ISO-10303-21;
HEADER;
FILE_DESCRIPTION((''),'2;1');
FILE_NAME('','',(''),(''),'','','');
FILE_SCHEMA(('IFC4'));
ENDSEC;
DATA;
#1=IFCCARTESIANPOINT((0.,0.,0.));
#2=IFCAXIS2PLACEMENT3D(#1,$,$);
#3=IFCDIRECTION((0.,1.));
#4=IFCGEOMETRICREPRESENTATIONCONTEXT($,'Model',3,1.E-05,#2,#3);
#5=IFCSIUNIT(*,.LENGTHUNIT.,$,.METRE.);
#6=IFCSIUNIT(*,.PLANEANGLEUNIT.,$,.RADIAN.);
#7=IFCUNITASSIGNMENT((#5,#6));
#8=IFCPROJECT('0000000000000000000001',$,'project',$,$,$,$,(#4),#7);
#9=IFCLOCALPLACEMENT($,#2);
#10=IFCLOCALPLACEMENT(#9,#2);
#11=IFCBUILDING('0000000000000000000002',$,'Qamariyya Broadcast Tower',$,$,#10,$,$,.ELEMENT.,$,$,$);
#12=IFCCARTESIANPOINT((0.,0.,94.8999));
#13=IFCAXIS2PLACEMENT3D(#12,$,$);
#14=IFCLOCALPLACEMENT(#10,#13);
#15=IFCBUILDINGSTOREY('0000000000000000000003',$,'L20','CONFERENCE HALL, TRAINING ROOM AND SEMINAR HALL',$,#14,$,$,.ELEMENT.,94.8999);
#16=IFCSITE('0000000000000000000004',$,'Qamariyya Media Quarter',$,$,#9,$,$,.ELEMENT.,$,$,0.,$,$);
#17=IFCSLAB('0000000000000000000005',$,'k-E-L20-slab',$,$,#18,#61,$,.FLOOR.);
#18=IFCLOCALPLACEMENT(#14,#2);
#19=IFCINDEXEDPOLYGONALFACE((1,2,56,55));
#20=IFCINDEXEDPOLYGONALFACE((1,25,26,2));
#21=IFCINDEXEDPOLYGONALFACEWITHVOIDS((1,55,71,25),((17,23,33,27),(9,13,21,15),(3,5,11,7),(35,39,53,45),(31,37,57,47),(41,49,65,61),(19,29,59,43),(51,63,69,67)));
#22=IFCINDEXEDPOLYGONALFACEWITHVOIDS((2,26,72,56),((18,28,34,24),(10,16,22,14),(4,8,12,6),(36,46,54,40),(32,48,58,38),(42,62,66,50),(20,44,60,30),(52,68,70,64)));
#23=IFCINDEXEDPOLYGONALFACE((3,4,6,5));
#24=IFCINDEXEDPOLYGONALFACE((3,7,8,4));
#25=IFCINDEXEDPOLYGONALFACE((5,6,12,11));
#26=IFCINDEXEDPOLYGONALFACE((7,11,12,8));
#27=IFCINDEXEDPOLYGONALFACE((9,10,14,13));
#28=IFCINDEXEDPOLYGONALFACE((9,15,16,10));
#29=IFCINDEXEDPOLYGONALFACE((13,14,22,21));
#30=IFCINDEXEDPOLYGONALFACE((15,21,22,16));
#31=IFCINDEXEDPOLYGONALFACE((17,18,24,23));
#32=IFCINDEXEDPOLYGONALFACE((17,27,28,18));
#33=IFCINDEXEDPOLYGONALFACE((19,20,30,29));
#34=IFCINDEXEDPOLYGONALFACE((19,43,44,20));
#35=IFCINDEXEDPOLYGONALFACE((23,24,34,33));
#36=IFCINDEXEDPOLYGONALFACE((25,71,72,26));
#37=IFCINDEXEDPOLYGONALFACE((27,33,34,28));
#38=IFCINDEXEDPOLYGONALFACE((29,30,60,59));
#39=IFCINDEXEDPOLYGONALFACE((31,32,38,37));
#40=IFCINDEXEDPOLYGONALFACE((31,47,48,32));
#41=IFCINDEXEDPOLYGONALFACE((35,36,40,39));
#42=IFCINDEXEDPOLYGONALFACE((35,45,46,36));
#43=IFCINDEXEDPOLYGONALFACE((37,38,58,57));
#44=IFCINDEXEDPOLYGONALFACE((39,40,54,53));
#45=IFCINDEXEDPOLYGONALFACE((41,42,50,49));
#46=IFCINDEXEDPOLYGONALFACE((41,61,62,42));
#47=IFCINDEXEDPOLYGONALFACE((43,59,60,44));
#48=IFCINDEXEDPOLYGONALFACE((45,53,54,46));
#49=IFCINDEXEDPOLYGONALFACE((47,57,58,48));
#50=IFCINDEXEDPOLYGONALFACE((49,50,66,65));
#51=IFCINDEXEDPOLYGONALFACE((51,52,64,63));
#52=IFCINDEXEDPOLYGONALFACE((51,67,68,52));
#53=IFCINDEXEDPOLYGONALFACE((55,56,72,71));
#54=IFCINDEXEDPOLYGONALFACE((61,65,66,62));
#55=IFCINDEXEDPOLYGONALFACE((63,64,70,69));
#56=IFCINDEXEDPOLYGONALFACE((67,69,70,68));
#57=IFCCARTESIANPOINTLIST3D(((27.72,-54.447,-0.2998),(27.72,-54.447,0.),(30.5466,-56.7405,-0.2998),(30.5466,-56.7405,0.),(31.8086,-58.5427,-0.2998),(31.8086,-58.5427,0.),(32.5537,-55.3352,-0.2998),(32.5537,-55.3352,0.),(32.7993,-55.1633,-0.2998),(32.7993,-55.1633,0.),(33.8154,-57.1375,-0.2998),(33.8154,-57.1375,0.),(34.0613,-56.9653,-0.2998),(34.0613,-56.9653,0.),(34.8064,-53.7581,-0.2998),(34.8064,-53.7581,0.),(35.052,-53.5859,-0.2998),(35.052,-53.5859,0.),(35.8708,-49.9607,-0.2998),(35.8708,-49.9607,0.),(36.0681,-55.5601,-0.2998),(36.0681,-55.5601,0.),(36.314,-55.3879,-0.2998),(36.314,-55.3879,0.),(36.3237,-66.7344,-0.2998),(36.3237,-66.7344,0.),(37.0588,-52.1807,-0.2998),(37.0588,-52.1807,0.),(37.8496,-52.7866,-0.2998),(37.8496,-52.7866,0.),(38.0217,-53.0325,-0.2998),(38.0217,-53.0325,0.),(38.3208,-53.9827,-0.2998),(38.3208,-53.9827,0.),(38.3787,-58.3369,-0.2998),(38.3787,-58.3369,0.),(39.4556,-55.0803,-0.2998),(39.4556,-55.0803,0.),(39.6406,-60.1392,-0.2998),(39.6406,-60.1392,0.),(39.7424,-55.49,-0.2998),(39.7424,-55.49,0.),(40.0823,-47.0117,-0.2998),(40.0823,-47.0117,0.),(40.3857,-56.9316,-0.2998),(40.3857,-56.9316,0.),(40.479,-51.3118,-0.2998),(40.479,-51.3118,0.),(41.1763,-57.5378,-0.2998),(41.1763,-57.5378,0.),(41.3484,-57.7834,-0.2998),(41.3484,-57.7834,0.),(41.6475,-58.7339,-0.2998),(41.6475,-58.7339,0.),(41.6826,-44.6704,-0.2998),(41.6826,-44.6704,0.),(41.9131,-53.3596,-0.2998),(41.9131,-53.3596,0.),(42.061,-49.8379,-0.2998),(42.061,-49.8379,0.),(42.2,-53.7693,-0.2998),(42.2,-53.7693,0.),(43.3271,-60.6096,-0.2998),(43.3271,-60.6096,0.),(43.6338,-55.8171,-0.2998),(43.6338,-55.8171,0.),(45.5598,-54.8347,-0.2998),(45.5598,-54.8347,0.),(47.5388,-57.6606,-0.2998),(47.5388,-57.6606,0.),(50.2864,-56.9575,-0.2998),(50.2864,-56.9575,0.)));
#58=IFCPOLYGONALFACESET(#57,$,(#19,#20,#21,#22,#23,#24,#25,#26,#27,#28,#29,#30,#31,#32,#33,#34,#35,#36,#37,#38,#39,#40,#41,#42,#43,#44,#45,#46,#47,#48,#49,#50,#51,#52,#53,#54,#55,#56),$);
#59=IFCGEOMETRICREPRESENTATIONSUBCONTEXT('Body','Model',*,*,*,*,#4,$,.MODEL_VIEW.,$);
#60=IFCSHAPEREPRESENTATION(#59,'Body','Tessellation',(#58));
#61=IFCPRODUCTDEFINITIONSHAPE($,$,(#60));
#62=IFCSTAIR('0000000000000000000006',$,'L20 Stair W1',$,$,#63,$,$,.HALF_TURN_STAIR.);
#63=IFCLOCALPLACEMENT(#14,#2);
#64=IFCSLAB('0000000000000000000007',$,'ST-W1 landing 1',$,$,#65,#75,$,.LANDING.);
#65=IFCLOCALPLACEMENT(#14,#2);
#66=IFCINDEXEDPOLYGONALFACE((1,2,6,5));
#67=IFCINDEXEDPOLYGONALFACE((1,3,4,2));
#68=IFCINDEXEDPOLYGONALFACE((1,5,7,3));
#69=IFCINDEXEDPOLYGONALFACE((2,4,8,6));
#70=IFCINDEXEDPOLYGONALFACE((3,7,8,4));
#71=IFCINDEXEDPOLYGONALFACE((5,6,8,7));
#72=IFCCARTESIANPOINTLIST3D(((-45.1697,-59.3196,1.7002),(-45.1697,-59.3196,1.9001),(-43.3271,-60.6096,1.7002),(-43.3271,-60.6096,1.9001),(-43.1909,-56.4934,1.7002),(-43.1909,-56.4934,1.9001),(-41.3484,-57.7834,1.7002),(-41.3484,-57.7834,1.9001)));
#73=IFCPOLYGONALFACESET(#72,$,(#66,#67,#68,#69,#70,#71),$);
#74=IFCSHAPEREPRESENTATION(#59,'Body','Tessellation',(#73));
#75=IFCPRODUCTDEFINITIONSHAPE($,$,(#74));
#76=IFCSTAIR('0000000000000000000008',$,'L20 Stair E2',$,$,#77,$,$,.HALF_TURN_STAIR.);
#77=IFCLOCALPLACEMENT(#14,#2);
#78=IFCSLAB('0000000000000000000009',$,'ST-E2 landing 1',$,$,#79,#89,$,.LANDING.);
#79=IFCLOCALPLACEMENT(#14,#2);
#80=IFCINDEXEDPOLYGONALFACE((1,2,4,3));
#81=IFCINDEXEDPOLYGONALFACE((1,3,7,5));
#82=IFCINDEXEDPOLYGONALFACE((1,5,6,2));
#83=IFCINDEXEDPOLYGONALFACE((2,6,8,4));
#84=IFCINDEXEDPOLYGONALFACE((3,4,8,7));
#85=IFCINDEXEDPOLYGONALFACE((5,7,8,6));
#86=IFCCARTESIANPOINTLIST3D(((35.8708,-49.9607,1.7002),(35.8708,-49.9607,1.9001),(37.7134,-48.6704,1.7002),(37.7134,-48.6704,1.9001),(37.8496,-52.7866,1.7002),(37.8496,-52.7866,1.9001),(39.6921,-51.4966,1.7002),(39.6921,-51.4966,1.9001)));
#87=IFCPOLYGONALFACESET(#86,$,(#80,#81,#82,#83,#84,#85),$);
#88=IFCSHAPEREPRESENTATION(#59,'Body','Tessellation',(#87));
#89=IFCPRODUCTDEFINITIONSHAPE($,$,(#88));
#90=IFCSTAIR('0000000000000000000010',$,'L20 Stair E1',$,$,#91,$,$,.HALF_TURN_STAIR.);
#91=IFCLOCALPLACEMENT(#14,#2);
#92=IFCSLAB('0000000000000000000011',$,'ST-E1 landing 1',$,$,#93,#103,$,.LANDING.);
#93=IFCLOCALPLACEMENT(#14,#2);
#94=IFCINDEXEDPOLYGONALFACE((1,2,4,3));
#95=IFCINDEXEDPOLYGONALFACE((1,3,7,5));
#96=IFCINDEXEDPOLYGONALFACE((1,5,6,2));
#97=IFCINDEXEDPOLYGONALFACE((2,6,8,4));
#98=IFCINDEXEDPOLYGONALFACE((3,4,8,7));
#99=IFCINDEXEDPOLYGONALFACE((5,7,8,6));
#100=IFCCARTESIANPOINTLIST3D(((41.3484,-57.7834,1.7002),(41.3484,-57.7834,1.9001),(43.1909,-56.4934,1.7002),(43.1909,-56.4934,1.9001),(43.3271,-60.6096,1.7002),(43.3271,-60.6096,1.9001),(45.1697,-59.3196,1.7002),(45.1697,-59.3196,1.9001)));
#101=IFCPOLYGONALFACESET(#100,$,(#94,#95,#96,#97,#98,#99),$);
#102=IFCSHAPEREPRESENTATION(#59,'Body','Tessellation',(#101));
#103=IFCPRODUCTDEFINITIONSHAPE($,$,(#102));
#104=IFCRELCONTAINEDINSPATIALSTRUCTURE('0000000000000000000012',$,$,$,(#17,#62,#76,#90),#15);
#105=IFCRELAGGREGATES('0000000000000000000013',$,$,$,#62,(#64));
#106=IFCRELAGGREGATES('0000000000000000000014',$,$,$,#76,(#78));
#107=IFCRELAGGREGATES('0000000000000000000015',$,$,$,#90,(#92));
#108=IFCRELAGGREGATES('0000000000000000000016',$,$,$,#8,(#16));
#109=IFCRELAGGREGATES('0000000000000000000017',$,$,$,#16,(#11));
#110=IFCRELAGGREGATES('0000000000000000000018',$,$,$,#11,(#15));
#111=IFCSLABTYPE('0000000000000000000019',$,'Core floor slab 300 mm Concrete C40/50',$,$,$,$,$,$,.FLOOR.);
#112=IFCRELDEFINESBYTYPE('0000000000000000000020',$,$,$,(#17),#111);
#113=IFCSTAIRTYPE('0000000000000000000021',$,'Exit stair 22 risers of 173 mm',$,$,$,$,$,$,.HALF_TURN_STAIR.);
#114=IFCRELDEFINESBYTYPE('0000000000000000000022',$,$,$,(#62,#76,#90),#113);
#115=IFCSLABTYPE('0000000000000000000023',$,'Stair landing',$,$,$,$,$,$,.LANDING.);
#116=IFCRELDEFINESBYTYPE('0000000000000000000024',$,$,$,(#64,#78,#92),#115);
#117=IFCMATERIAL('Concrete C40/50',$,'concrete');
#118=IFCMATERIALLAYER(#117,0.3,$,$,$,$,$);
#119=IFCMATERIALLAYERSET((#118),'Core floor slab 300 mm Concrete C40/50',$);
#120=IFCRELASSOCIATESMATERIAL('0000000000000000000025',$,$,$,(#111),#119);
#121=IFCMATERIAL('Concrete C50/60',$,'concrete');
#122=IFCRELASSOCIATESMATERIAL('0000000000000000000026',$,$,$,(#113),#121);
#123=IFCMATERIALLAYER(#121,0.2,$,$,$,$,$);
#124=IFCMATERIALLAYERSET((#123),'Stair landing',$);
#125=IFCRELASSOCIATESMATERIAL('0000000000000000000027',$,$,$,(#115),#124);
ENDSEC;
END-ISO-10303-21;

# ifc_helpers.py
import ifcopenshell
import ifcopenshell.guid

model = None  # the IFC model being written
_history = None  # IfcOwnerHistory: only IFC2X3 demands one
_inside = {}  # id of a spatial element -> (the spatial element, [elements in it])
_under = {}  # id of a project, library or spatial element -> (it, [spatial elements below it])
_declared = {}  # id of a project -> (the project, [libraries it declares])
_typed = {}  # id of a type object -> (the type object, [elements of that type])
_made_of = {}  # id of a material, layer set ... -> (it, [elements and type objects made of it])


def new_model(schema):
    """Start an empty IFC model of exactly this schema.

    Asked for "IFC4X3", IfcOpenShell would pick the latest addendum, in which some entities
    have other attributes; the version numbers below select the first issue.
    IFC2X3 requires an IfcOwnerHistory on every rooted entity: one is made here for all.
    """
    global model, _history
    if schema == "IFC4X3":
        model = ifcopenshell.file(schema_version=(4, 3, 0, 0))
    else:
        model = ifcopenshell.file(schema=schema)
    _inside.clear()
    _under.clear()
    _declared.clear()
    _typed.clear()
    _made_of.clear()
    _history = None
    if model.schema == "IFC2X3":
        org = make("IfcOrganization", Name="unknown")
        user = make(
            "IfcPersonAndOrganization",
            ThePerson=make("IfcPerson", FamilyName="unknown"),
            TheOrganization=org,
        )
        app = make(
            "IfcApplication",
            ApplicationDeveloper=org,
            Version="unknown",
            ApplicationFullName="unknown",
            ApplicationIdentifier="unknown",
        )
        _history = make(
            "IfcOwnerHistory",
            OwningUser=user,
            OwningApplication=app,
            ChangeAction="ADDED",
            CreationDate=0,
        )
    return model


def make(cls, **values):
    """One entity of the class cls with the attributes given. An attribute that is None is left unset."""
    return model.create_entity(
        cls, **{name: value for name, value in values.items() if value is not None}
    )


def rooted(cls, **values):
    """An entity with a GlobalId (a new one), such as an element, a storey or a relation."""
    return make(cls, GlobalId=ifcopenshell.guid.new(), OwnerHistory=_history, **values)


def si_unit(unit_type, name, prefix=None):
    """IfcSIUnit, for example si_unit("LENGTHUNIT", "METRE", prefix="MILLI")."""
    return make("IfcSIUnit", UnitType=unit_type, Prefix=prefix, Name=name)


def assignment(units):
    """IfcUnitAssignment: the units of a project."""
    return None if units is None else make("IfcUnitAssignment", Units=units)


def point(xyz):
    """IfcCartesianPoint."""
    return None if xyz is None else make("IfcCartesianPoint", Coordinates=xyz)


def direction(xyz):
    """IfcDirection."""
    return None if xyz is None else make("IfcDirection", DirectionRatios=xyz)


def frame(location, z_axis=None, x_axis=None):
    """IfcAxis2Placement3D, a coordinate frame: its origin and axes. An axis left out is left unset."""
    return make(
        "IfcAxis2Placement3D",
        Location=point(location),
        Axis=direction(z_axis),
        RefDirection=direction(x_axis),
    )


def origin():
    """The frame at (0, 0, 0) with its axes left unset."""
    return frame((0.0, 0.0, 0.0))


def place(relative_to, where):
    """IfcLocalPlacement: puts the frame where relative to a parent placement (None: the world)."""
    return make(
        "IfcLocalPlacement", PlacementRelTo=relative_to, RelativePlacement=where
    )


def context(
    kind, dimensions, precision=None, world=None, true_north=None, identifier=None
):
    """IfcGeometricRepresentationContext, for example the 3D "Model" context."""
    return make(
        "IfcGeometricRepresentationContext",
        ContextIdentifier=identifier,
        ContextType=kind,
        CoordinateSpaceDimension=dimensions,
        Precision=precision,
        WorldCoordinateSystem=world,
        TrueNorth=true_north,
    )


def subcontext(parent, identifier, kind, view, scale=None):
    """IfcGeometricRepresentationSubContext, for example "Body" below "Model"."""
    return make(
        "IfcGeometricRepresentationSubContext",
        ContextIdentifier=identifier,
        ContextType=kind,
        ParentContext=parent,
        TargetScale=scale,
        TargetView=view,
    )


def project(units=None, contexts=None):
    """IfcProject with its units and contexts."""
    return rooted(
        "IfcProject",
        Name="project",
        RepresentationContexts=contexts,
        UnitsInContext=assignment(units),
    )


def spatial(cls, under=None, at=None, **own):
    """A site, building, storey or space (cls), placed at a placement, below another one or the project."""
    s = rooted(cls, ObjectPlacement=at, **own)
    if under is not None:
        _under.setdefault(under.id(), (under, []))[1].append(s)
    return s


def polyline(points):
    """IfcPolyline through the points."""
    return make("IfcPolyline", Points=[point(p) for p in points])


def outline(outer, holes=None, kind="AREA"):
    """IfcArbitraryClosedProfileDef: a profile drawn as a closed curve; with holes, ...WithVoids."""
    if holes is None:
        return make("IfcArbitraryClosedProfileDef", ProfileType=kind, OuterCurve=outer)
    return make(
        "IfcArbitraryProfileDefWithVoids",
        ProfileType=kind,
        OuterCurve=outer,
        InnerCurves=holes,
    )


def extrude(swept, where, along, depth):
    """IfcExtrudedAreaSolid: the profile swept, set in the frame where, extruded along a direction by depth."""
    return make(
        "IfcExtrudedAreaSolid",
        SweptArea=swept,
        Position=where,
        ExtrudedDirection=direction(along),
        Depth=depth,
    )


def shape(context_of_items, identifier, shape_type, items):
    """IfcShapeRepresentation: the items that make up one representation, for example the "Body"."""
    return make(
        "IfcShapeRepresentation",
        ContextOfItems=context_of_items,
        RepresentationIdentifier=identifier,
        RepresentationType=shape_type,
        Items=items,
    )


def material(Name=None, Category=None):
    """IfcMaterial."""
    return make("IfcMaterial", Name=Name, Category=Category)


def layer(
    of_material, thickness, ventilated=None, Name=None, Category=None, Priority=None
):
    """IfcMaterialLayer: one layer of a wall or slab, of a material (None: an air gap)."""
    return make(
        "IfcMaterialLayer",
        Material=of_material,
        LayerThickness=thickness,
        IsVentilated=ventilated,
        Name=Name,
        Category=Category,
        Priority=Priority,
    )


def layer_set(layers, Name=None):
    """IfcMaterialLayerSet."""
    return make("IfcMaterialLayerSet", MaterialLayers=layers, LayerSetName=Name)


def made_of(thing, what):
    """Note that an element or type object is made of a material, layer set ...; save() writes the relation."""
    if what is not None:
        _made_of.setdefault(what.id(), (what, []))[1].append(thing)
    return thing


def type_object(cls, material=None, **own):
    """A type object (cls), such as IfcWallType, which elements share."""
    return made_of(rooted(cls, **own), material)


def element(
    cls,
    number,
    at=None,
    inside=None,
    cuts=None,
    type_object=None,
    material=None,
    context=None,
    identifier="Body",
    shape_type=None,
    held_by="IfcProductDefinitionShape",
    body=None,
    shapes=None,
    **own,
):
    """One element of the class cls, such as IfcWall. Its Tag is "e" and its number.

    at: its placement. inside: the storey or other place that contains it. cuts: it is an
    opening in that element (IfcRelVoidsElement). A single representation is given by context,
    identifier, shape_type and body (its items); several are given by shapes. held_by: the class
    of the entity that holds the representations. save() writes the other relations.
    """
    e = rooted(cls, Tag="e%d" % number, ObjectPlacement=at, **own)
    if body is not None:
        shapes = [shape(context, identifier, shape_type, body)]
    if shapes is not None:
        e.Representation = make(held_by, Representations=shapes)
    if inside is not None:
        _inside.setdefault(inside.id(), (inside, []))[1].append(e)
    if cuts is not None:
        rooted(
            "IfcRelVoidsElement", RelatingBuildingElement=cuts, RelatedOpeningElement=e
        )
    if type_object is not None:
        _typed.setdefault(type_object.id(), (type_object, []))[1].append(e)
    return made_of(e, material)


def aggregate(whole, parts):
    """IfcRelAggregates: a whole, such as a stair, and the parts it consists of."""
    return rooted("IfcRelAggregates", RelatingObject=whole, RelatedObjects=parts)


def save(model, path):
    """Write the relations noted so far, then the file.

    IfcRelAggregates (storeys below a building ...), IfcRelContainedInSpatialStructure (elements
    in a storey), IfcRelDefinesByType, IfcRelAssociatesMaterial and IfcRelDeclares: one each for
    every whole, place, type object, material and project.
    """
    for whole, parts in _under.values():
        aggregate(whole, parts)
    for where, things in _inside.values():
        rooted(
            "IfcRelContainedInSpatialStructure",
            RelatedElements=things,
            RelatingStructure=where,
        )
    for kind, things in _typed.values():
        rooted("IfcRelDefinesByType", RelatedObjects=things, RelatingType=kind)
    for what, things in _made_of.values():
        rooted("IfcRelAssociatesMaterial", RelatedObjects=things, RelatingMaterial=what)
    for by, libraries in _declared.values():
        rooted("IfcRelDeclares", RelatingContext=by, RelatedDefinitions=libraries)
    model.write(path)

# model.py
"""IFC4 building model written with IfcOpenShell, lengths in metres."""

from ifc_helpers import new_model, si_unit, direction, frame, origin, place, context, subcontext, project, spatial, polyline, outline, extrude, material, layer, layer_set, type_object, element, aggregate, save


model = new_model("IFC4")

# Units and contexts
model_context = context("Model", 3, precision=1e-05, world=origin(), true_north=direction((0.0, 1.0)))
body_context = subcontext(model_context, "Body", "Model", "MODEL_VIEW")
ifc_project = project(units=[si_unit("LENGTHUNIT", "METRE"), si_unit("PLANEANGLEUNIT", "RADIAN")], contexts=[model_context])

# Site, building, storey
site_placement = place(None, origin())
building_placement = place(site_placement, origin())
storey_placement = place(building_placement, frame((0.0, 0.0, 94.8999)))
site = spatial("IfcSite", under=ifc_project, at=site_placement, Name="Qamariyya Media Quarter", CompositionType="ELEMENT", RefElevation=0.0)
building = spatial("IfcBuilding", under=site, at=building_placement, Name="Qamariyya Broadcast Tower", CompositionType="ELEMENT")
storey = spatial("IfcBuildingStorey", under=building, at=storey_placement, Name="L20", Description="CONFERENCE HALL, TRAINING ROOM AND SEMINAR HALL", CompositionType="ELEMENT", Elevation=94.8999)

# Slab
ifc_material_1 = material(Name="Concrete C40/50", Category="concrete")
ifc_layer_1 = layer(ifc_material_1, 0.3)
ifc_layer_set_1 = layer_set([ifc_layer_1], Name="Core floor slab 300 mm Concrete C40/50")
slab_type_1 = type_object("IfcSlabType", Name="Core floor slab 300 mm Concrete C40/50", PredefinedType="FLOOR", material=ifc_layer_set_1)
slab_1_placement = place(storey_placement, frame((0.0, 0.0, -0.2998)))
element("IfcSlab", 1, at=slab_1_placement, inside=storey, type_object=slab_type_1, Name="k-E-L20-slab", PredefinedType="FLOOR", context=body_context, shape_type="SweptSolid", body=[
    extrude(outline(polyline([(36.3237, -66.7344), (50.2864, -56.9575), (41.6826, -44.6704), (27.72, -54.447), (36.3237, -66.7344)]), holes=[polyline([(31.8086, -58.5427), (33.8154, -57.1375), (32.5537, -55.3352), (30.5466, -56.7405), (31.8086, -58.5427)]), polyline([(34.0613, -56.9653), (36.0681, -55.5601), (34.8064, -53.7581), (32.7993, -55.1633), (34.0613, -56.9653)]), polyline([(36.314, -55.3879), (38.3208, -53.9827), (37.0588, -52.1807), (35.052, -53.5859), (36.314, -55.3879)]), polyline([(38.3787, -58.3369), (40.3857, -56.9316), (41.6475, -58.7339), (39.6406, -60.1392), (38.3787, -58.3369)]), polyline([(39.7424, -55.49), (42.2, -53.7693), (43.6338, -55.8171), (41.1763, -57.5378), (39.7424, -55.49)]), polyline([(39.4556, -55.0803), (41.9131, -53.3596), (40.479, -51.3118), (38.0217, -53.0325), (39.4556, -55.0803)]), polyline([(40.0823, -47.0117), (35.8708, -49.9607), (37.8496, -52.7866), (42.061, -49.8379), (40.0823, -47.0117)]), polyline([(45.5598, -54.8347), (41.3484, -57.7834), (43.3271, -60.6096), (47.5388, -57.6606), (45.5598, -54.8347)])]), origin(), (0.0, 0.0, 1.0), 0.2998),
])

# Stairs, slabs
ifc_material_2 = material(Name="Concrete C50/60", Category="concrete")
stair_type = type_object("IfcStairType", Name="Exit stair 22 risers of 173 mm", PredefinedType="HALF_TURN_STAIR", material=ifc_material_2)
stair_1_placement = place(storey_placement, origin())
stair_1 = element("IfcStair", 2, at=stair_1_placement, inside=storey, type_object=stair_type, Name="L20 Stair W1", PredefinedType="HALF_TURN_STAIR")
ifc_layer_2 = layer(ifc_material_2, 0.2)
ifc_layer_set_2 = layer_set([ifc_layer_2], Name="Stair landing")
slab_type_2 = type_object("IfcSlabType", Name="Stair landing", PredefinedType="LANDING", material=ifc_layer_set_2)
slab_2_placement = place(storey_placement, frame((0.0, 0.0, 1.7002)))
slab_2 = element("IfcSlab", 3, at=slab_2_placement, type_object=slab_type_2, Name="ST-W1 landing 1", PredefinedType="LANDING", context=body_context, shape_type="SweptSolid", body=[
    extrude(outline(polyline([(-45.1697, -59.3196), (-43.3271, -60.6096), (-41.3484, -57.7834), (-43.1909, -56.4934), (-45.1697, -59.3196)])), origin(), (0.0, 0.0, 1.0), 0.2),
])
aggregate(stair_1, [slab_2])
stair_2_placement = place(storey_placement, origin())
stair_2 = element("IfcStair", 4, at=stair_2_placement, inside=storey, type_object=stair_type, Name="L20 Stair E2", PredefinedType="HALF_TURN_STAIR")
slab_3_placement = place(storey_placement, frame((0.0, 0.0, 1.7002)))
slab_3 = element("IfcSlab", 5, at=slab_3_placement, type_object=slab_type_2, Name="ST-E2 landing 1", PredefinedType="LANDING", context=body_context, shape_type="SweptSolid", body=[
    extrude(outline(polyline([(37.7134, -48.6704), (35.8708, -49.9607), (37.8496, -52.7866), (39.6921, -51.4966), (37.7134, -48.6704)])), origin(), (0.0, 0.0, 1.0), 0.2),
])
aggregate(stair_2, [slab_3])
stair_3_placement = place(storey_placement, origin())
stair_3 = element("IfcStair", 6, at=stair_3_placement, inside=storey, type_object=stair_type, Name="L20 Stair E1", PredefinedType="HALF_TURN_STAIR")
slab_4_placement = place(storey_placement, frame((0.0, 0.0, 1.7002)))
slab_4 = element("IfcSlab", 7, at=slab_4_placement, type_object=slab_type_2, Name="ST-E1 landing 1", PredefinedType="LANDING", context=body_context, shape_type="SweptSolid", body=[
    extrude(outline(polyline([(43.1909, -56.4934), (41.3484, -57.7834), (43.3271, -60.6096), (45.1697, -59.3196), (43.1909, -56.4934)])), origin(), (0.0, 0.0, 1.0), 0.2),
])
aggregate(stair_3, [slab_4])

save(model, "model.ifc")
